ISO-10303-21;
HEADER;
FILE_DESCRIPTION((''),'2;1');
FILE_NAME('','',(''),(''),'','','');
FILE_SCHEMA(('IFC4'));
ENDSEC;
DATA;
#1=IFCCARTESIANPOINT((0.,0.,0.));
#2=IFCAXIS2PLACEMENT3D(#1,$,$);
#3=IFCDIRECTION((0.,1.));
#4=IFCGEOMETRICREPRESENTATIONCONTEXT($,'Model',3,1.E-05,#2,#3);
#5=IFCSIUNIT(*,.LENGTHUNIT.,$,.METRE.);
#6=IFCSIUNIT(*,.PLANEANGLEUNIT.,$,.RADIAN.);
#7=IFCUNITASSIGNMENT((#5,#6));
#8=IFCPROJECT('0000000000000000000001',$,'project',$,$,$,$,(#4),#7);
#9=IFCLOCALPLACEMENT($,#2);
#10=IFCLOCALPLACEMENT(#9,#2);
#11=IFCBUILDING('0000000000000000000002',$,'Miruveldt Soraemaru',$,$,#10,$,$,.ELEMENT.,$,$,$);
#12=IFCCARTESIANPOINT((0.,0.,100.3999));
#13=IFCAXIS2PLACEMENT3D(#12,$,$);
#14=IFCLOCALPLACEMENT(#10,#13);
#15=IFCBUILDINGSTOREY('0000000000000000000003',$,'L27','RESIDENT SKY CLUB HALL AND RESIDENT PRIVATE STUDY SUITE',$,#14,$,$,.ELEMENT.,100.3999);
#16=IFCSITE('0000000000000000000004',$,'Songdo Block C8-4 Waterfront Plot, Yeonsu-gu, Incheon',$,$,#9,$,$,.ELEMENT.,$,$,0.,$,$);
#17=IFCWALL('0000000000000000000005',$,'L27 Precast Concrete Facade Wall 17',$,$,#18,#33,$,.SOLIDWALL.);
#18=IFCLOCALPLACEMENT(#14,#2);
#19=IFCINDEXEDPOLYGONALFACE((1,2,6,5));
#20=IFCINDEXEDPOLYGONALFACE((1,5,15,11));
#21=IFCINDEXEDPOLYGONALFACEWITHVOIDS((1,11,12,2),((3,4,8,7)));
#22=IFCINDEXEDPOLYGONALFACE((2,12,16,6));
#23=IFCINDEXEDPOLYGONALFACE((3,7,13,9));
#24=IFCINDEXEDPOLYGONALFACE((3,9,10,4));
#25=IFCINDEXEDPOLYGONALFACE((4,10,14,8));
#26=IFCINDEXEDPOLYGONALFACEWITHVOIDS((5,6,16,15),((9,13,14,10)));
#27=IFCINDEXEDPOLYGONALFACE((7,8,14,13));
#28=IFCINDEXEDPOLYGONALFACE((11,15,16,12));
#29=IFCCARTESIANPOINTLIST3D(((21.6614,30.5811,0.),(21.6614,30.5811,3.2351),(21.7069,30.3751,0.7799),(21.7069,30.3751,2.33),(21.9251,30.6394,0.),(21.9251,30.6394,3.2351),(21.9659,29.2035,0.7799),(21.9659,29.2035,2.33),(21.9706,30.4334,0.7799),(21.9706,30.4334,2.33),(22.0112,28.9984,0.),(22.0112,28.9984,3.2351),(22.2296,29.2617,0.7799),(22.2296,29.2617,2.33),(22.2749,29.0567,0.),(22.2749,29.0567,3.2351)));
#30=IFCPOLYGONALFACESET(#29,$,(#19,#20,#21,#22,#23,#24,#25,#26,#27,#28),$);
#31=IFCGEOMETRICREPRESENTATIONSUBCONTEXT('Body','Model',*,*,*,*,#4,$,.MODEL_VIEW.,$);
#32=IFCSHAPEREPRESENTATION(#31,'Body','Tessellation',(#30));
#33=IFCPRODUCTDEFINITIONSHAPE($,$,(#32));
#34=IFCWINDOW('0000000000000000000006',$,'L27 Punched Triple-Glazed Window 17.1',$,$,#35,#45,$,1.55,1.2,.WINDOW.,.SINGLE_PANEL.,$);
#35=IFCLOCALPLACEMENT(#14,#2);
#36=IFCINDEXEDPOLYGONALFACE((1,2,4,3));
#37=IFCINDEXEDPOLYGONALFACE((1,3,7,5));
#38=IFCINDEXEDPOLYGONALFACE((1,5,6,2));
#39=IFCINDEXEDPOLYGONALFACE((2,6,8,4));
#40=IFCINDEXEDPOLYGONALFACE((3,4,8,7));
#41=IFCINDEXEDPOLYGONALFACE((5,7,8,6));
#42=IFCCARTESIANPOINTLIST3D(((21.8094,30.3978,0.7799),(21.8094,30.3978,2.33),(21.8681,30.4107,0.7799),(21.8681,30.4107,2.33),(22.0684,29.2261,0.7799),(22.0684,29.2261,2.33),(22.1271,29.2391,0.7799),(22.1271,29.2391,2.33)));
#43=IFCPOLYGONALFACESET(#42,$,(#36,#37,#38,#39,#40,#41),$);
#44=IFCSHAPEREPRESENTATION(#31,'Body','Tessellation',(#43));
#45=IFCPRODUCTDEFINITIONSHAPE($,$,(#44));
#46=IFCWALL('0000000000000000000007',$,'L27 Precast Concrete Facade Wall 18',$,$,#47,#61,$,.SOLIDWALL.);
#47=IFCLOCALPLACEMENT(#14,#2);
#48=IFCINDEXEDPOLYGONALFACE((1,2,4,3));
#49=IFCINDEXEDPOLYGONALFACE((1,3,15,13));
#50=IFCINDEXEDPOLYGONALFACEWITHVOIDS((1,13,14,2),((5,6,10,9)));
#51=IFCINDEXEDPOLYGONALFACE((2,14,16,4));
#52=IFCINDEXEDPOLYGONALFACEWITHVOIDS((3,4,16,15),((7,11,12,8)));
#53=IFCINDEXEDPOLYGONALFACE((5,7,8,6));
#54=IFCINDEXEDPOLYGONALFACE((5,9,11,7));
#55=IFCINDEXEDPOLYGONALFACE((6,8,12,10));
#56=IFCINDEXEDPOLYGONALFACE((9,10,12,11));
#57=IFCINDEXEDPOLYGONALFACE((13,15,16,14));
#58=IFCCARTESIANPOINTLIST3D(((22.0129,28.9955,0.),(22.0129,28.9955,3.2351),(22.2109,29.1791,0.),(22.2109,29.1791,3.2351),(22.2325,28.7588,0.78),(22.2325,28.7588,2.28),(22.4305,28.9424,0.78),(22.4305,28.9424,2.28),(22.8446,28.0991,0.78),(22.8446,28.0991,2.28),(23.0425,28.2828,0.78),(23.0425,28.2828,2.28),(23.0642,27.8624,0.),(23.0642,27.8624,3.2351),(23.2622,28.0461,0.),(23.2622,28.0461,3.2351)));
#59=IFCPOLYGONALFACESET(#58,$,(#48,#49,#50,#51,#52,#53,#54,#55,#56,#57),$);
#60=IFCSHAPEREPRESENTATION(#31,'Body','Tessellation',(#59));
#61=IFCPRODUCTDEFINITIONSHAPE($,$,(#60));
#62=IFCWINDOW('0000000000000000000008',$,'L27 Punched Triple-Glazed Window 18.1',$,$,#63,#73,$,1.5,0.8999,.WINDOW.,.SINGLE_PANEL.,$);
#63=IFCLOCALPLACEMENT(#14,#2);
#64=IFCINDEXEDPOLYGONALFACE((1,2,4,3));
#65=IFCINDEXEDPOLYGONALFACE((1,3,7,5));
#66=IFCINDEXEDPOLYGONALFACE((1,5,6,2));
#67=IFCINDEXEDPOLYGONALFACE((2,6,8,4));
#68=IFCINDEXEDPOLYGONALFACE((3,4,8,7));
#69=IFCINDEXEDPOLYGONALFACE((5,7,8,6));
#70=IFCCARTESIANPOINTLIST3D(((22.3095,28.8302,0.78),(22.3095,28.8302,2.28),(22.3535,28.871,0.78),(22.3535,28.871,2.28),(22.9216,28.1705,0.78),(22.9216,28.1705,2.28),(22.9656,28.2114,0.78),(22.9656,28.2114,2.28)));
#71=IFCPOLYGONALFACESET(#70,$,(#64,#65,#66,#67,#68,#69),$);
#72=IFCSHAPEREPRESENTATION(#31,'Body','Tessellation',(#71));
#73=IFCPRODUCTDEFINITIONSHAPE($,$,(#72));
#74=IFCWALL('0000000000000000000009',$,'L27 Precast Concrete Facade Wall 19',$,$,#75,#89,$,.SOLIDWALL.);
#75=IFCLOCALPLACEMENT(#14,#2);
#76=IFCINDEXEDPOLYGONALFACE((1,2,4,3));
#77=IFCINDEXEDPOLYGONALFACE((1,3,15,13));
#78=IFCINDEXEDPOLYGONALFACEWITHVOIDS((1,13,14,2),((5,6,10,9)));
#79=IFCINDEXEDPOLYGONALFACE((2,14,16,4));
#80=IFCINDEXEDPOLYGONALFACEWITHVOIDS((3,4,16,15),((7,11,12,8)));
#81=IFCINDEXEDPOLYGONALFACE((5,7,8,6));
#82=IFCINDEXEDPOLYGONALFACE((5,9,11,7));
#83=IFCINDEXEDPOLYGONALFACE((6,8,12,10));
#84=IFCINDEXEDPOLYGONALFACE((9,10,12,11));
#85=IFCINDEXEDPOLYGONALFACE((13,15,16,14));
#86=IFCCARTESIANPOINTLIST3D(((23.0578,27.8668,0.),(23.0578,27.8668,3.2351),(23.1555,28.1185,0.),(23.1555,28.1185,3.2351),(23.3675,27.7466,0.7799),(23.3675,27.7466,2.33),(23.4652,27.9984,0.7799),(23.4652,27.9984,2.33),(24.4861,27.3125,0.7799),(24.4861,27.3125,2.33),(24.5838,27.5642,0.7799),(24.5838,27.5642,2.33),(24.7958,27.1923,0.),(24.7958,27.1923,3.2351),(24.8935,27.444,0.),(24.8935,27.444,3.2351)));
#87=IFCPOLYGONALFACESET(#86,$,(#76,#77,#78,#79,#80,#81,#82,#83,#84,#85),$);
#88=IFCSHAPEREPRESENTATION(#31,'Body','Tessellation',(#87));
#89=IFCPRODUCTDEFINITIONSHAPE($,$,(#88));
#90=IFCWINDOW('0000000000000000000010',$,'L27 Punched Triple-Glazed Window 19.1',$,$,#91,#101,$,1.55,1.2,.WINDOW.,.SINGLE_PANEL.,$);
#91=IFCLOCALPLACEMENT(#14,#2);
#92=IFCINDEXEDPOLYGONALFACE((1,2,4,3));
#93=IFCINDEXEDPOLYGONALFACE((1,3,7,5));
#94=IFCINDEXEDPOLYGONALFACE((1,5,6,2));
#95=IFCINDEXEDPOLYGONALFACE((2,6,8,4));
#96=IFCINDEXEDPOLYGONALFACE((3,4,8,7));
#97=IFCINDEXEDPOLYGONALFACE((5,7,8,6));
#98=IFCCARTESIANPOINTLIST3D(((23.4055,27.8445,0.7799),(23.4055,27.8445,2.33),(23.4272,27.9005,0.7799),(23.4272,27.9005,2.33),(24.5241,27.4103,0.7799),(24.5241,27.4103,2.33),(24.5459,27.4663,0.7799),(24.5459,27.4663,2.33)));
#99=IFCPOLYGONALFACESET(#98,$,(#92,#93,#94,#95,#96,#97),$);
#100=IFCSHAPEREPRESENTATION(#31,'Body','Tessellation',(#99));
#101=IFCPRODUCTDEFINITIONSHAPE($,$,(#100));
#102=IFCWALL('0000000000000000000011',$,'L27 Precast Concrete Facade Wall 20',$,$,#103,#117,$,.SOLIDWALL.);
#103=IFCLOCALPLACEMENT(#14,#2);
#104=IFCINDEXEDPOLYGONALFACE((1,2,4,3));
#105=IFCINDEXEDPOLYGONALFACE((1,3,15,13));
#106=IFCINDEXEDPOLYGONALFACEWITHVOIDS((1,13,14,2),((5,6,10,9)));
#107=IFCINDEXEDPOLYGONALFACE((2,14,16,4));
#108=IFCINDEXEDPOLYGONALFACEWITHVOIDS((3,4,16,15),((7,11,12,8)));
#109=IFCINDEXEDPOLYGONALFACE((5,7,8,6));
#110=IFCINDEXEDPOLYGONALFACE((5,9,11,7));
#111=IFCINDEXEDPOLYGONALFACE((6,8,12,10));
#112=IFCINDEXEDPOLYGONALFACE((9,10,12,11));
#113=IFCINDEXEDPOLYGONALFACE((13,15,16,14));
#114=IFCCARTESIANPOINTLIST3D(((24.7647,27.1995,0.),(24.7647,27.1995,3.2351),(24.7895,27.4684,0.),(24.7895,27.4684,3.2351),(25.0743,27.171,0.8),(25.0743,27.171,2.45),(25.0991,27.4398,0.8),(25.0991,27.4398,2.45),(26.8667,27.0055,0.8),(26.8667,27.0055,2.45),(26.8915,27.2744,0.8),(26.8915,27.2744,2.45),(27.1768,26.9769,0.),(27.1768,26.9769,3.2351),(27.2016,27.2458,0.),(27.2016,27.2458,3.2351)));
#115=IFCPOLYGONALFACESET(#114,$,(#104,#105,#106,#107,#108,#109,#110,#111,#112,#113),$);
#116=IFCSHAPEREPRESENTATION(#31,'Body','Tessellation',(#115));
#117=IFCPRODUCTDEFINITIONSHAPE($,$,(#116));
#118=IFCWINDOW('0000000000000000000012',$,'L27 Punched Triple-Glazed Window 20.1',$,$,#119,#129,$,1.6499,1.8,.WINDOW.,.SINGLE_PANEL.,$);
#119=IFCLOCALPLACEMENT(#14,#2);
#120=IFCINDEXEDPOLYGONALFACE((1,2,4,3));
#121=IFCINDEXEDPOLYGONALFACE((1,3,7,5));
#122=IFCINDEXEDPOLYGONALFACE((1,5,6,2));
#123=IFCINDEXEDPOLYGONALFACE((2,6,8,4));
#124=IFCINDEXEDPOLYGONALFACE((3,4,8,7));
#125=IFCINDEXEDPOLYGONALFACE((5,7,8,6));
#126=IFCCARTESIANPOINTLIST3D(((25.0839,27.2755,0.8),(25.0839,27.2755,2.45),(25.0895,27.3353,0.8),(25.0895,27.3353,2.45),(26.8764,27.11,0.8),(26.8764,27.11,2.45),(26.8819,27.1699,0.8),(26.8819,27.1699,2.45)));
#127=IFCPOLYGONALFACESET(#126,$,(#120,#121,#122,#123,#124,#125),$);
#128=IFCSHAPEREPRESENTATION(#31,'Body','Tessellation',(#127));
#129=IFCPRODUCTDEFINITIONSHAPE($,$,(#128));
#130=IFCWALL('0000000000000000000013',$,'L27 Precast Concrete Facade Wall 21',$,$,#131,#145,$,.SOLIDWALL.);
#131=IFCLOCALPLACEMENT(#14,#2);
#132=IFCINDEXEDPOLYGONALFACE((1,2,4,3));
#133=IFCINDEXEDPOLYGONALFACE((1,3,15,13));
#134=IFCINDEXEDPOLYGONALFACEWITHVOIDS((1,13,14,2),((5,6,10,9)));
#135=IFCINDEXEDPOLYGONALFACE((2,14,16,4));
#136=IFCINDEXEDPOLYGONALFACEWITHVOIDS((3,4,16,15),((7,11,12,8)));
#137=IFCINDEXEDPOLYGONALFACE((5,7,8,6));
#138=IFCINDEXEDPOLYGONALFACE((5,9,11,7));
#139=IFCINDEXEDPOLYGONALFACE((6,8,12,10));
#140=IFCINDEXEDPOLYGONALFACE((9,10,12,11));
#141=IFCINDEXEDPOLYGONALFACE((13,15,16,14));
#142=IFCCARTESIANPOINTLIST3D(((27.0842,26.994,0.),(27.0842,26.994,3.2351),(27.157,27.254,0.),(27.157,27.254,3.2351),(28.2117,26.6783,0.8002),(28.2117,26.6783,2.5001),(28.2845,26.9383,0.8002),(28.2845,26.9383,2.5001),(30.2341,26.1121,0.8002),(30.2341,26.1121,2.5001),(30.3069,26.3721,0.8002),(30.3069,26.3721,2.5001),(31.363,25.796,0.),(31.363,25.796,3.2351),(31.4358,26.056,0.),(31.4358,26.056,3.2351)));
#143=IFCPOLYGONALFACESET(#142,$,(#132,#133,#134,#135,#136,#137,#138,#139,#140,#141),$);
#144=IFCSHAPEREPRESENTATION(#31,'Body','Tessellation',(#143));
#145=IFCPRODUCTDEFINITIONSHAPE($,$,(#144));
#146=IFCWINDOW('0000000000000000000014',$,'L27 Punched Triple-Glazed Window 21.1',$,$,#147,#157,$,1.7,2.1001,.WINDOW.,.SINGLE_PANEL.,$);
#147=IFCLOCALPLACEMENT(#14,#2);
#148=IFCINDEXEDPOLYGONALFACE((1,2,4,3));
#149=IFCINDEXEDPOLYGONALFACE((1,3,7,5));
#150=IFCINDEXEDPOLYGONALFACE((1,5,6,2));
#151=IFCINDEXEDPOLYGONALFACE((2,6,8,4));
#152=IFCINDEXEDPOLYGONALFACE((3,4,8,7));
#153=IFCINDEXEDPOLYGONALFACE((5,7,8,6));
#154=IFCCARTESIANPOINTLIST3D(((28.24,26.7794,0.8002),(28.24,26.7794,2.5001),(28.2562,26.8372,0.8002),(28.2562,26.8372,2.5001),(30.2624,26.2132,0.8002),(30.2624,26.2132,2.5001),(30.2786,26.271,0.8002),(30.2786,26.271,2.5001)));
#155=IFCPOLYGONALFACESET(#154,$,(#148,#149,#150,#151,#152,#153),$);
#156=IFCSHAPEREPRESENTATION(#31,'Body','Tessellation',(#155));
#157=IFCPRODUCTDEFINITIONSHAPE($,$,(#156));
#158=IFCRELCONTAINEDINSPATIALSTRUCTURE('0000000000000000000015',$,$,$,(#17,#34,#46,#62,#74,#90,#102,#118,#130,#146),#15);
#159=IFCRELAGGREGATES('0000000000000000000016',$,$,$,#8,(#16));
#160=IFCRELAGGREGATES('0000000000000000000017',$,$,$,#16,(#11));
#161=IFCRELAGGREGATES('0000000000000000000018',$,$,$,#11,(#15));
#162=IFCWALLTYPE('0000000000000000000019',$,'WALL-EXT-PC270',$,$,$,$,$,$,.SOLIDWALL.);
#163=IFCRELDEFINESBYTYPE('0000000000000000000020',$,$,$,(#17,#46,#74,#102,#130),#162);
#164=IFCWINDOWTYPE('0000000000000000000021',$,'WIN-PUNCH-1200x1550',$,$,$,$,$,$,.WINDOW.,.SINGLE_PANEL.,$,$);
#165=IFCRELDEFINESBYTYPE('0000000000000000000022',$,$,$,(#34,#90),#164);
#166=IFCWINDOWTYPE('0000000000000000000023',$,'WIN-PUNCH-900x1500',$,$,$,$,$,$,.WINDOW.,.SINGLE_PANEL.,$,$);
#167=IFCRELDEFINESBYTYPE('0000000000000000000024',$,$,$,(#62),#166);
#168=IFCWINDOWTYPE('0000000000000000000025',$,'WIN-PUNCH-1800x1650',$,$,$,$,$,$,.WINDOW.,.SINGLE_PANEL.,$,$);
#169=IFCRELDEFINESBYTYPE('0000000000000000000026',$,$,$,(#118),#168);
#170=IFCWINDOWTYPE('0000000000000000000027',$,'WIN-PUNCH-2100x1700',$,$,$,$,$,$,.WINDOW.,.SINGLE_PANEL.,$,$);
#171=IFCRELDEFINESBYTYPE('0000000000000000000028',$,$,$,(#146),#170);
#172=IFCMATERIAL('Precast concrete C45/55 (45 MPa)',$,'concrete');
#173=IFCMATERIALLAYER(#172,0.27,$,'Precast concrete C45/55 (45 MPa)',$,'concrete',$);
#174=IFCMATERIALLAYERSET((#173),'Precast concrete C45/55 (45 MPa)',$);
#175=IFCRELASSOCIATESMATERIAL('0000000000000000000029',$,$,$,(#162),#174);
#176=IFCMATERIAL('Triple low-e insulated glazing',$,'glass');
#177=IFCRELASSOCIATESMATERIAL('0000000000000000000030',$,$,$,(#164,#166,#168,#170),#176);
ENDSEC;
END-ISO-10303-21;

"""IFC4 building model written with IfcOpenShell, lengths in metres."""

from ifc_helpers import new_model, si_unit, direction, frame, frame_2d, origin, place, context, subcontext, project, spatial, rectangle, extrude, material, layer, layer_set, type_object, element, fill, save


model = new_model("IFC4")

# Units and contexts
model_context = context("Model", 3, precision=1e-05, world=origin(), true_north=direction((0.0, 1.0)))
body_context = subcontext(model_context, "Body", "Model", "MODEL_VIEW")
ifc_project = project(units=[si_unit("LENGTHUNIT", "METRE"), si_unit("PLANEANGLEUNIT", "RADIAN")], contexts=[model_context])

# Site, building, storey
site_placement = place(None, origin())
site = spatial("IfcSite", under=ifc_project, at=site_placement, Name="Songdo Block C8-4 Waterfront Plot, Yeonsu-gu, Incheon", CompositionType="ELEMENT", RefElevation=0.0)
building_placement = place(site_placement, origin())
building = spatial("IfcBuilding", under=site, at=building_placement, Name="Miruveldt Soraemaru", CompositionType="ELEMENT")
storey_placement = place(building_placement, frame((0.0, 0.0, 100.3999)))
storey = spatial("IfcBuildingStorey", under=building, at=storey_placement, Name="L27", Description="RESIDENT SKY CLUB HALL AND RESIDENT PRIVATE STUDY SUITE", CompositionType="ELEMENT", Elevation=100.3999)

# Walls, openings, windows
ifc_material_1 = material(Name="Precast concrete C45/55 (45 MPa)", Category="concrete")
ifc_layer_1 = layer(ifc_material_1, 0.27, Name="Precast concrete C45/55 (45 MPa)", Category="concrete")
ifc_layer_set_1 = layer_set([ifc_layer_1], Name="Precast concrete C45/55 (45 MPa)")
wall_type_1 = type_object("IfcWallType", Name="WALL-EXT-PC270", PredefinedType="SOLIDWALL", material=ifc_layer_set_1)
ifc_material_2 = material(Name="Triple low-e insulated glazing", Category="glass")
wall_1_placement = place(storey_placement, frame((21.7932, 30.6104, 0.0), z_axis=(0.0, 0.0, 1.0), x_axis=(0.21583, -0.976431, 0.0)))
wall_1 = element("IfcWall", 1, at=wall_1_placement, inside=storey, type_object=wall_type_1, Name="L27 Precast Concrete Facade Wall 17", PredefinedType="SOLIDWALL", context=body_context, shape_type="SweptSolid", body=[
    extrude(rectangle(XDim=1.6208, YDim=0.27, at=frame_2d((0.8105, 0.0))), origin(), (0.0, 0.0, 1.0), 3.2351),
])
opening_1_placement = place(wall_1_placement, frame((0.2109, 0.0, 0.78)))
opening_1 = element("IfcOpeningElement", 2, at=opening_1_placement, cuts=wall_1, PredefinedType="OPENING", context=body_context, shape_type="SweptSolid", body=[
    extrude(rectangle(XDim=1.2, YDim=1.55, at=frame_2d((0.6001, 0.7749))), frame((0.0, 0.145, 0.0), z_axis=(0.0, -1.0, 0.0), x_axis=(1.0, 0.0, 0.0)), (0.0, 0.0, 1.0), 0.29),
])
window_type_1 = type_object("IfcWindowType", Name="WIN-PUNCH-1200x1550", PartitioningType="SINGLE_PANEL", PredefinedType="WINDOW", material=ifc_material_2)
window_1_placement = place(opening_1_placement, origin())
window_1 = element("IfcWindow", 3, at=window_1_placement, inside=storey, type_object=window_type_1, Name="L27 Punched Triple-Glazed Window 17.1", OverallHeight=1.55, OverallWidth=1.2, PartitioningType="SINGLE_PANEL", PredefinedType="WINDOW", context=body_context, shape_type="SweptSolid", body=[
    extrude(rectangle(XDim=1.2, YDim=1.55, at=frame_2d((0.6001, 0.7749))), frame((0.0, 0.03, 0.0), z_axis=(0.0, -1.0, 0.0), x_axis=(1.0, 0.0, 0.0)), (0.0, 0.0, 1.0), 0.0601),
])
fill(opening_1, window_1)
wall_2_placement = place(storey_placement, frame((22.1118, 29.0874, 0.0), z_axis=(0.0, 0.0, 1.0), x_axis=(0.680154, -0.733069, 0.0)))
wall_2 = element("IfcWall", 4, at=wall_2_placement, inside=storey, type_object=wall_type_1, Name="L27 Precast Concrete Facade Wall 18", PredefinedType="SOLIDWALL", context=body_context, shape_type="SweptSolid", body=[
    extrude(rectangle(XDim=1.5457, YDim=0.27, at=frame_2d((0.7729, 0.0))), origin(), (0.0, 0.0, 1.0), 3.2351),
])
opening_2_placement = place(wall_2_placement, frame((0.323, 0.0, 0.78)))
opening_2 = element("IfcOpeningElement", 5, at=opening_2_placement, cuts=wall_2, PredefinedType="OPENING", context=body_context, shape_type="SweptSolid", body=[
    extrude(rectangle(XDim=0.8999, YDim=1.5, at=frame_2d((0.45, 0.75))), frame((0.0, 0.145, 0.0), z_axis=(0.0, -1.0, 0.0), x_axis=(1.0, 0.0, 0.0)), (0.0, 0.0, 1.0), 0.29),
])
window_type_2 = type_object("IfcWindowType", Name="WIN-PUNCH-900x1500", PartitioningType="SINGLE_PANEL", PredefinedType="WINDOW", material=ifc_material_2)
window_2_placement = place(opening_2_placement, origin())
window_2 = element("IfcWindow", 6, at=window_2_placement, inside=storey, type_object=window_type_2, Name="L27 Punched Triple-Glazed Window 18.1", OverallHeight=1.5, OverallWidth=0.8999, PartitioningType="SINGLE_PANEL", PredefinedType="WINDOW", context=body_context, shape_type="SweptSolid", body=[
    extrude(rectangle(XDim=0.8999, YDim=1.5, at=frame_2d((0.45, 0.75))), frame((0.0, 0.03, 0.0), z_axis=(0.0, -1.0, 0.0), x_axis=(1.0, 0.0, 0.0)), (0.0, 0.0, 1.0), 0.0601),
])
fill(opening_2, window_2)
wall_3_placement = place(storey_placement, frame((23.1067, 27.9927, 0.0), z_axis=(0.0, 0.0, 1.0), x_axis=(0.932248, -0.361821, 0.0)))
wall_3 = element("IfcWall", 7, at=wall_3_placement, inside=storey, type_object=wall_type_1, Name="L27 Precast Concrete Facade Wall 19", PredefinedType="SOLIDWALL", context=body_context, shape_type="SweptSolid", body=[
    extrude(rectangle(XDim=1.8643, YDim=0.27, at=frame_2d((0.9321, 0.0))), origin(), (0.0, 0.0, 1.0), 3.2351),
])
opening_3_placement = place(wall_3_placement, frame((0.332, 0.0, 0.78)))
opening_3 = element("IfcOpeningElement", 8, at=opening_3_placement, cuts=wall_3, PredefinedType="OPENING", context=body_context, shape_type="SweptSolid", body=[
    extrude(rectangle(XDim=1.2, YDim=1.55, at=frame_2d((0.6001, 0.7749))), frame((0.0, 0.145, 0.0), z_axis=(0.0, -1.0, 0.0), x_axis=(1.0, 0.0, 0.0)), (0.0, 0.0, 1.0), 0.29),
])
window_3_placement = place(opening_3_placement, origin())
window_3 = element("IfcWindow", 9, at=window_3_placement, inside=storey, type_object=window_type_1, Name="L27 Punched Triple-Glazed Window 19.1", OverallHeight=1.55, OverallWidth=1.2, PartitioningType="SINGLE_PANEL", PredefinedType="WINDOW", context=body_context, shape_type="SweptSolid", body=[
    extrude(rectangle(XDim=1.2, YDim=1.55, at=frame_2d((0.6001, 0.7749))), frame((0.0, 0.03, 0.0), z_axis=(0.0, -1.0, 0.0), x_axis=(1.0, 0.0, 0.0)), (0.0, 0.0, 1.0), 0.0601),
])
fill(opening_3, window_3)
wall_4_placement = place(storey_placement, frame((24.7771, 27.334, 0.0), z_axis=(0.0, 0.0, 1.0), x_axis=(0.995767, -0.091917, 0.0)))
wall_4 = element("IfcWall", 10, at=wall_4_placement, inside=storey, type_object=wall_type_1, Name="L27 Precast Concrete Facade Wall 20", PredefinedType="SOLIDWALL", context=body_context, shape_type="SweptSolid", body=[
    extrude(rectangle(XDim=2.4224, YDim=0.27, at=frame_2d((1.2112, 0.0))), origin(), (0.0, 0.0, 1.0), 3.2351),
])
opening_4_placement = place(wall_4_placement, frame((0.311, 0.0, 0.8)))
opening_4 = element("IfcOpeningElement", 11, at=opening_4_placement, cuts=wall_4, PredefinedType="OPENING", context=body_context, shape_type="SweptSolid", body=[
    extrude(rectangle(XDim=1.8, YDim=1.6499, at=frame_2d((0.8999, 0.825))), frame((0.0, 0.145, 0.0), z_axis=(0.0, -1.0, 0.0), x_axis=(1.0, 0.0, 0.0)), (0.0, 0.0, 1.0), 0.29),
])
window_type_3 = type_object("IfcWindowType", Name="WIN-PUNCH-1800x1650", PartitioningType="SINGLE_PANEL", PredefinedType="WINDOW", material=ifc_material_2)
window_4_placement = place(opening_4_placement, origin())
window_4 = element("IfcWindow", 12, at=window_4_placement, inside=storey, type_object=window_type_3, Name="L27 Punched Triple-Glazed Window 20.1", OverallHeight=1.6499, OverallWidth=1.8, PartitioningType="SINGLE_PANEL", PredefinedType="WINDOW", context=body_context, shape_type="SweptSolid", body=[
    extrude(rectangle(XDim=1.8, YDim=1.6499, at=frame_2d((0.8999, 0.825))), frame((0.0, 0.03, 0.0), z_axis=(0.0, -1.0, 0.0), x_axis=(1.0, 0.0, 0.0)), (0.0, 0.0, 1.0), 0.0601),
])
fill(opening_4, window_4)
wall_5_placement = place(storey_placement, frame((27.1206, 27.124, 0.0), z_axis=(0.0, 0.0, 1.0), x_axis=(0.962968, -0.269616, 0.0)))
wall_5 = element("IfcWall", 13, at=wall_5_placement, inside=storey, type_object=wall_type_1, Name="L27 Precast Concrete Facade Wall 21", PredefinedType="SOLIDWALL", context=body_context, shape_type="SweptSolid", body=[
    extrude(rectangle(XDim=4.4434, YDim=0.27, at=frame_2d((2.2217, 0.0))), origin(), (0.0, 0.0, 1.0), 3.2351),
])
opening_5_placement = place(wall_5_placement, frame((1.1709, 0.0, 0.8)))
opening_5 = element("IfcOpeningElement", 14, at=opening_5_placement, cuts=wall_5, PredefinedType="OPENING", context=body_context, shape_type="SweptSolid", body=[
    extrude(rectangle(XDim=2.1001, YDim=1.7, at=frame_2d((1.05, 0.8501))), frame((0.0, 0.145, 0.0), z_axis=(0.0, -1.0, 0.0), x_axis=(1.0, 0.0, 0.0)), (0.0, 0.0, 1.0), 0.29),
])
window_type_4 = type_object("IfcWindowType", Name="WIN-PUNCH-2100x1700", PartitioningType="SINGLE_PANEL", PredefinedType="WINDOW", material=ifc_material_2)
window_5_placement = place(opening_5_placement, origin())
window_5 = element("IfcWindow", 15, at=window_5_placement, inside=storey, type_object=window_type_4, Name="L27 Punched Triple-Glazed Window 21.1", OverallHeight=1.7, OverallWidth=2.1001, PartitioningType="SINGLE_PANEL", PredefinedType="WINDOW", context=body_context, shape_type="SweptSolid", body=[
    extrude(rectangle(XDim=2.1001, YDim=1.7, at=frame_2d((1.05, 0.8501))), frame((0.0, 0.03, 0.0), z_axis=(0.0, -1.0, 0.0), x_axis=(1.0, 0.0, 0.0)), (0.0, 0.0, 1.0), 0.0601),
])
fill(opening_5, window_5)

save(model, "model.ifc")
